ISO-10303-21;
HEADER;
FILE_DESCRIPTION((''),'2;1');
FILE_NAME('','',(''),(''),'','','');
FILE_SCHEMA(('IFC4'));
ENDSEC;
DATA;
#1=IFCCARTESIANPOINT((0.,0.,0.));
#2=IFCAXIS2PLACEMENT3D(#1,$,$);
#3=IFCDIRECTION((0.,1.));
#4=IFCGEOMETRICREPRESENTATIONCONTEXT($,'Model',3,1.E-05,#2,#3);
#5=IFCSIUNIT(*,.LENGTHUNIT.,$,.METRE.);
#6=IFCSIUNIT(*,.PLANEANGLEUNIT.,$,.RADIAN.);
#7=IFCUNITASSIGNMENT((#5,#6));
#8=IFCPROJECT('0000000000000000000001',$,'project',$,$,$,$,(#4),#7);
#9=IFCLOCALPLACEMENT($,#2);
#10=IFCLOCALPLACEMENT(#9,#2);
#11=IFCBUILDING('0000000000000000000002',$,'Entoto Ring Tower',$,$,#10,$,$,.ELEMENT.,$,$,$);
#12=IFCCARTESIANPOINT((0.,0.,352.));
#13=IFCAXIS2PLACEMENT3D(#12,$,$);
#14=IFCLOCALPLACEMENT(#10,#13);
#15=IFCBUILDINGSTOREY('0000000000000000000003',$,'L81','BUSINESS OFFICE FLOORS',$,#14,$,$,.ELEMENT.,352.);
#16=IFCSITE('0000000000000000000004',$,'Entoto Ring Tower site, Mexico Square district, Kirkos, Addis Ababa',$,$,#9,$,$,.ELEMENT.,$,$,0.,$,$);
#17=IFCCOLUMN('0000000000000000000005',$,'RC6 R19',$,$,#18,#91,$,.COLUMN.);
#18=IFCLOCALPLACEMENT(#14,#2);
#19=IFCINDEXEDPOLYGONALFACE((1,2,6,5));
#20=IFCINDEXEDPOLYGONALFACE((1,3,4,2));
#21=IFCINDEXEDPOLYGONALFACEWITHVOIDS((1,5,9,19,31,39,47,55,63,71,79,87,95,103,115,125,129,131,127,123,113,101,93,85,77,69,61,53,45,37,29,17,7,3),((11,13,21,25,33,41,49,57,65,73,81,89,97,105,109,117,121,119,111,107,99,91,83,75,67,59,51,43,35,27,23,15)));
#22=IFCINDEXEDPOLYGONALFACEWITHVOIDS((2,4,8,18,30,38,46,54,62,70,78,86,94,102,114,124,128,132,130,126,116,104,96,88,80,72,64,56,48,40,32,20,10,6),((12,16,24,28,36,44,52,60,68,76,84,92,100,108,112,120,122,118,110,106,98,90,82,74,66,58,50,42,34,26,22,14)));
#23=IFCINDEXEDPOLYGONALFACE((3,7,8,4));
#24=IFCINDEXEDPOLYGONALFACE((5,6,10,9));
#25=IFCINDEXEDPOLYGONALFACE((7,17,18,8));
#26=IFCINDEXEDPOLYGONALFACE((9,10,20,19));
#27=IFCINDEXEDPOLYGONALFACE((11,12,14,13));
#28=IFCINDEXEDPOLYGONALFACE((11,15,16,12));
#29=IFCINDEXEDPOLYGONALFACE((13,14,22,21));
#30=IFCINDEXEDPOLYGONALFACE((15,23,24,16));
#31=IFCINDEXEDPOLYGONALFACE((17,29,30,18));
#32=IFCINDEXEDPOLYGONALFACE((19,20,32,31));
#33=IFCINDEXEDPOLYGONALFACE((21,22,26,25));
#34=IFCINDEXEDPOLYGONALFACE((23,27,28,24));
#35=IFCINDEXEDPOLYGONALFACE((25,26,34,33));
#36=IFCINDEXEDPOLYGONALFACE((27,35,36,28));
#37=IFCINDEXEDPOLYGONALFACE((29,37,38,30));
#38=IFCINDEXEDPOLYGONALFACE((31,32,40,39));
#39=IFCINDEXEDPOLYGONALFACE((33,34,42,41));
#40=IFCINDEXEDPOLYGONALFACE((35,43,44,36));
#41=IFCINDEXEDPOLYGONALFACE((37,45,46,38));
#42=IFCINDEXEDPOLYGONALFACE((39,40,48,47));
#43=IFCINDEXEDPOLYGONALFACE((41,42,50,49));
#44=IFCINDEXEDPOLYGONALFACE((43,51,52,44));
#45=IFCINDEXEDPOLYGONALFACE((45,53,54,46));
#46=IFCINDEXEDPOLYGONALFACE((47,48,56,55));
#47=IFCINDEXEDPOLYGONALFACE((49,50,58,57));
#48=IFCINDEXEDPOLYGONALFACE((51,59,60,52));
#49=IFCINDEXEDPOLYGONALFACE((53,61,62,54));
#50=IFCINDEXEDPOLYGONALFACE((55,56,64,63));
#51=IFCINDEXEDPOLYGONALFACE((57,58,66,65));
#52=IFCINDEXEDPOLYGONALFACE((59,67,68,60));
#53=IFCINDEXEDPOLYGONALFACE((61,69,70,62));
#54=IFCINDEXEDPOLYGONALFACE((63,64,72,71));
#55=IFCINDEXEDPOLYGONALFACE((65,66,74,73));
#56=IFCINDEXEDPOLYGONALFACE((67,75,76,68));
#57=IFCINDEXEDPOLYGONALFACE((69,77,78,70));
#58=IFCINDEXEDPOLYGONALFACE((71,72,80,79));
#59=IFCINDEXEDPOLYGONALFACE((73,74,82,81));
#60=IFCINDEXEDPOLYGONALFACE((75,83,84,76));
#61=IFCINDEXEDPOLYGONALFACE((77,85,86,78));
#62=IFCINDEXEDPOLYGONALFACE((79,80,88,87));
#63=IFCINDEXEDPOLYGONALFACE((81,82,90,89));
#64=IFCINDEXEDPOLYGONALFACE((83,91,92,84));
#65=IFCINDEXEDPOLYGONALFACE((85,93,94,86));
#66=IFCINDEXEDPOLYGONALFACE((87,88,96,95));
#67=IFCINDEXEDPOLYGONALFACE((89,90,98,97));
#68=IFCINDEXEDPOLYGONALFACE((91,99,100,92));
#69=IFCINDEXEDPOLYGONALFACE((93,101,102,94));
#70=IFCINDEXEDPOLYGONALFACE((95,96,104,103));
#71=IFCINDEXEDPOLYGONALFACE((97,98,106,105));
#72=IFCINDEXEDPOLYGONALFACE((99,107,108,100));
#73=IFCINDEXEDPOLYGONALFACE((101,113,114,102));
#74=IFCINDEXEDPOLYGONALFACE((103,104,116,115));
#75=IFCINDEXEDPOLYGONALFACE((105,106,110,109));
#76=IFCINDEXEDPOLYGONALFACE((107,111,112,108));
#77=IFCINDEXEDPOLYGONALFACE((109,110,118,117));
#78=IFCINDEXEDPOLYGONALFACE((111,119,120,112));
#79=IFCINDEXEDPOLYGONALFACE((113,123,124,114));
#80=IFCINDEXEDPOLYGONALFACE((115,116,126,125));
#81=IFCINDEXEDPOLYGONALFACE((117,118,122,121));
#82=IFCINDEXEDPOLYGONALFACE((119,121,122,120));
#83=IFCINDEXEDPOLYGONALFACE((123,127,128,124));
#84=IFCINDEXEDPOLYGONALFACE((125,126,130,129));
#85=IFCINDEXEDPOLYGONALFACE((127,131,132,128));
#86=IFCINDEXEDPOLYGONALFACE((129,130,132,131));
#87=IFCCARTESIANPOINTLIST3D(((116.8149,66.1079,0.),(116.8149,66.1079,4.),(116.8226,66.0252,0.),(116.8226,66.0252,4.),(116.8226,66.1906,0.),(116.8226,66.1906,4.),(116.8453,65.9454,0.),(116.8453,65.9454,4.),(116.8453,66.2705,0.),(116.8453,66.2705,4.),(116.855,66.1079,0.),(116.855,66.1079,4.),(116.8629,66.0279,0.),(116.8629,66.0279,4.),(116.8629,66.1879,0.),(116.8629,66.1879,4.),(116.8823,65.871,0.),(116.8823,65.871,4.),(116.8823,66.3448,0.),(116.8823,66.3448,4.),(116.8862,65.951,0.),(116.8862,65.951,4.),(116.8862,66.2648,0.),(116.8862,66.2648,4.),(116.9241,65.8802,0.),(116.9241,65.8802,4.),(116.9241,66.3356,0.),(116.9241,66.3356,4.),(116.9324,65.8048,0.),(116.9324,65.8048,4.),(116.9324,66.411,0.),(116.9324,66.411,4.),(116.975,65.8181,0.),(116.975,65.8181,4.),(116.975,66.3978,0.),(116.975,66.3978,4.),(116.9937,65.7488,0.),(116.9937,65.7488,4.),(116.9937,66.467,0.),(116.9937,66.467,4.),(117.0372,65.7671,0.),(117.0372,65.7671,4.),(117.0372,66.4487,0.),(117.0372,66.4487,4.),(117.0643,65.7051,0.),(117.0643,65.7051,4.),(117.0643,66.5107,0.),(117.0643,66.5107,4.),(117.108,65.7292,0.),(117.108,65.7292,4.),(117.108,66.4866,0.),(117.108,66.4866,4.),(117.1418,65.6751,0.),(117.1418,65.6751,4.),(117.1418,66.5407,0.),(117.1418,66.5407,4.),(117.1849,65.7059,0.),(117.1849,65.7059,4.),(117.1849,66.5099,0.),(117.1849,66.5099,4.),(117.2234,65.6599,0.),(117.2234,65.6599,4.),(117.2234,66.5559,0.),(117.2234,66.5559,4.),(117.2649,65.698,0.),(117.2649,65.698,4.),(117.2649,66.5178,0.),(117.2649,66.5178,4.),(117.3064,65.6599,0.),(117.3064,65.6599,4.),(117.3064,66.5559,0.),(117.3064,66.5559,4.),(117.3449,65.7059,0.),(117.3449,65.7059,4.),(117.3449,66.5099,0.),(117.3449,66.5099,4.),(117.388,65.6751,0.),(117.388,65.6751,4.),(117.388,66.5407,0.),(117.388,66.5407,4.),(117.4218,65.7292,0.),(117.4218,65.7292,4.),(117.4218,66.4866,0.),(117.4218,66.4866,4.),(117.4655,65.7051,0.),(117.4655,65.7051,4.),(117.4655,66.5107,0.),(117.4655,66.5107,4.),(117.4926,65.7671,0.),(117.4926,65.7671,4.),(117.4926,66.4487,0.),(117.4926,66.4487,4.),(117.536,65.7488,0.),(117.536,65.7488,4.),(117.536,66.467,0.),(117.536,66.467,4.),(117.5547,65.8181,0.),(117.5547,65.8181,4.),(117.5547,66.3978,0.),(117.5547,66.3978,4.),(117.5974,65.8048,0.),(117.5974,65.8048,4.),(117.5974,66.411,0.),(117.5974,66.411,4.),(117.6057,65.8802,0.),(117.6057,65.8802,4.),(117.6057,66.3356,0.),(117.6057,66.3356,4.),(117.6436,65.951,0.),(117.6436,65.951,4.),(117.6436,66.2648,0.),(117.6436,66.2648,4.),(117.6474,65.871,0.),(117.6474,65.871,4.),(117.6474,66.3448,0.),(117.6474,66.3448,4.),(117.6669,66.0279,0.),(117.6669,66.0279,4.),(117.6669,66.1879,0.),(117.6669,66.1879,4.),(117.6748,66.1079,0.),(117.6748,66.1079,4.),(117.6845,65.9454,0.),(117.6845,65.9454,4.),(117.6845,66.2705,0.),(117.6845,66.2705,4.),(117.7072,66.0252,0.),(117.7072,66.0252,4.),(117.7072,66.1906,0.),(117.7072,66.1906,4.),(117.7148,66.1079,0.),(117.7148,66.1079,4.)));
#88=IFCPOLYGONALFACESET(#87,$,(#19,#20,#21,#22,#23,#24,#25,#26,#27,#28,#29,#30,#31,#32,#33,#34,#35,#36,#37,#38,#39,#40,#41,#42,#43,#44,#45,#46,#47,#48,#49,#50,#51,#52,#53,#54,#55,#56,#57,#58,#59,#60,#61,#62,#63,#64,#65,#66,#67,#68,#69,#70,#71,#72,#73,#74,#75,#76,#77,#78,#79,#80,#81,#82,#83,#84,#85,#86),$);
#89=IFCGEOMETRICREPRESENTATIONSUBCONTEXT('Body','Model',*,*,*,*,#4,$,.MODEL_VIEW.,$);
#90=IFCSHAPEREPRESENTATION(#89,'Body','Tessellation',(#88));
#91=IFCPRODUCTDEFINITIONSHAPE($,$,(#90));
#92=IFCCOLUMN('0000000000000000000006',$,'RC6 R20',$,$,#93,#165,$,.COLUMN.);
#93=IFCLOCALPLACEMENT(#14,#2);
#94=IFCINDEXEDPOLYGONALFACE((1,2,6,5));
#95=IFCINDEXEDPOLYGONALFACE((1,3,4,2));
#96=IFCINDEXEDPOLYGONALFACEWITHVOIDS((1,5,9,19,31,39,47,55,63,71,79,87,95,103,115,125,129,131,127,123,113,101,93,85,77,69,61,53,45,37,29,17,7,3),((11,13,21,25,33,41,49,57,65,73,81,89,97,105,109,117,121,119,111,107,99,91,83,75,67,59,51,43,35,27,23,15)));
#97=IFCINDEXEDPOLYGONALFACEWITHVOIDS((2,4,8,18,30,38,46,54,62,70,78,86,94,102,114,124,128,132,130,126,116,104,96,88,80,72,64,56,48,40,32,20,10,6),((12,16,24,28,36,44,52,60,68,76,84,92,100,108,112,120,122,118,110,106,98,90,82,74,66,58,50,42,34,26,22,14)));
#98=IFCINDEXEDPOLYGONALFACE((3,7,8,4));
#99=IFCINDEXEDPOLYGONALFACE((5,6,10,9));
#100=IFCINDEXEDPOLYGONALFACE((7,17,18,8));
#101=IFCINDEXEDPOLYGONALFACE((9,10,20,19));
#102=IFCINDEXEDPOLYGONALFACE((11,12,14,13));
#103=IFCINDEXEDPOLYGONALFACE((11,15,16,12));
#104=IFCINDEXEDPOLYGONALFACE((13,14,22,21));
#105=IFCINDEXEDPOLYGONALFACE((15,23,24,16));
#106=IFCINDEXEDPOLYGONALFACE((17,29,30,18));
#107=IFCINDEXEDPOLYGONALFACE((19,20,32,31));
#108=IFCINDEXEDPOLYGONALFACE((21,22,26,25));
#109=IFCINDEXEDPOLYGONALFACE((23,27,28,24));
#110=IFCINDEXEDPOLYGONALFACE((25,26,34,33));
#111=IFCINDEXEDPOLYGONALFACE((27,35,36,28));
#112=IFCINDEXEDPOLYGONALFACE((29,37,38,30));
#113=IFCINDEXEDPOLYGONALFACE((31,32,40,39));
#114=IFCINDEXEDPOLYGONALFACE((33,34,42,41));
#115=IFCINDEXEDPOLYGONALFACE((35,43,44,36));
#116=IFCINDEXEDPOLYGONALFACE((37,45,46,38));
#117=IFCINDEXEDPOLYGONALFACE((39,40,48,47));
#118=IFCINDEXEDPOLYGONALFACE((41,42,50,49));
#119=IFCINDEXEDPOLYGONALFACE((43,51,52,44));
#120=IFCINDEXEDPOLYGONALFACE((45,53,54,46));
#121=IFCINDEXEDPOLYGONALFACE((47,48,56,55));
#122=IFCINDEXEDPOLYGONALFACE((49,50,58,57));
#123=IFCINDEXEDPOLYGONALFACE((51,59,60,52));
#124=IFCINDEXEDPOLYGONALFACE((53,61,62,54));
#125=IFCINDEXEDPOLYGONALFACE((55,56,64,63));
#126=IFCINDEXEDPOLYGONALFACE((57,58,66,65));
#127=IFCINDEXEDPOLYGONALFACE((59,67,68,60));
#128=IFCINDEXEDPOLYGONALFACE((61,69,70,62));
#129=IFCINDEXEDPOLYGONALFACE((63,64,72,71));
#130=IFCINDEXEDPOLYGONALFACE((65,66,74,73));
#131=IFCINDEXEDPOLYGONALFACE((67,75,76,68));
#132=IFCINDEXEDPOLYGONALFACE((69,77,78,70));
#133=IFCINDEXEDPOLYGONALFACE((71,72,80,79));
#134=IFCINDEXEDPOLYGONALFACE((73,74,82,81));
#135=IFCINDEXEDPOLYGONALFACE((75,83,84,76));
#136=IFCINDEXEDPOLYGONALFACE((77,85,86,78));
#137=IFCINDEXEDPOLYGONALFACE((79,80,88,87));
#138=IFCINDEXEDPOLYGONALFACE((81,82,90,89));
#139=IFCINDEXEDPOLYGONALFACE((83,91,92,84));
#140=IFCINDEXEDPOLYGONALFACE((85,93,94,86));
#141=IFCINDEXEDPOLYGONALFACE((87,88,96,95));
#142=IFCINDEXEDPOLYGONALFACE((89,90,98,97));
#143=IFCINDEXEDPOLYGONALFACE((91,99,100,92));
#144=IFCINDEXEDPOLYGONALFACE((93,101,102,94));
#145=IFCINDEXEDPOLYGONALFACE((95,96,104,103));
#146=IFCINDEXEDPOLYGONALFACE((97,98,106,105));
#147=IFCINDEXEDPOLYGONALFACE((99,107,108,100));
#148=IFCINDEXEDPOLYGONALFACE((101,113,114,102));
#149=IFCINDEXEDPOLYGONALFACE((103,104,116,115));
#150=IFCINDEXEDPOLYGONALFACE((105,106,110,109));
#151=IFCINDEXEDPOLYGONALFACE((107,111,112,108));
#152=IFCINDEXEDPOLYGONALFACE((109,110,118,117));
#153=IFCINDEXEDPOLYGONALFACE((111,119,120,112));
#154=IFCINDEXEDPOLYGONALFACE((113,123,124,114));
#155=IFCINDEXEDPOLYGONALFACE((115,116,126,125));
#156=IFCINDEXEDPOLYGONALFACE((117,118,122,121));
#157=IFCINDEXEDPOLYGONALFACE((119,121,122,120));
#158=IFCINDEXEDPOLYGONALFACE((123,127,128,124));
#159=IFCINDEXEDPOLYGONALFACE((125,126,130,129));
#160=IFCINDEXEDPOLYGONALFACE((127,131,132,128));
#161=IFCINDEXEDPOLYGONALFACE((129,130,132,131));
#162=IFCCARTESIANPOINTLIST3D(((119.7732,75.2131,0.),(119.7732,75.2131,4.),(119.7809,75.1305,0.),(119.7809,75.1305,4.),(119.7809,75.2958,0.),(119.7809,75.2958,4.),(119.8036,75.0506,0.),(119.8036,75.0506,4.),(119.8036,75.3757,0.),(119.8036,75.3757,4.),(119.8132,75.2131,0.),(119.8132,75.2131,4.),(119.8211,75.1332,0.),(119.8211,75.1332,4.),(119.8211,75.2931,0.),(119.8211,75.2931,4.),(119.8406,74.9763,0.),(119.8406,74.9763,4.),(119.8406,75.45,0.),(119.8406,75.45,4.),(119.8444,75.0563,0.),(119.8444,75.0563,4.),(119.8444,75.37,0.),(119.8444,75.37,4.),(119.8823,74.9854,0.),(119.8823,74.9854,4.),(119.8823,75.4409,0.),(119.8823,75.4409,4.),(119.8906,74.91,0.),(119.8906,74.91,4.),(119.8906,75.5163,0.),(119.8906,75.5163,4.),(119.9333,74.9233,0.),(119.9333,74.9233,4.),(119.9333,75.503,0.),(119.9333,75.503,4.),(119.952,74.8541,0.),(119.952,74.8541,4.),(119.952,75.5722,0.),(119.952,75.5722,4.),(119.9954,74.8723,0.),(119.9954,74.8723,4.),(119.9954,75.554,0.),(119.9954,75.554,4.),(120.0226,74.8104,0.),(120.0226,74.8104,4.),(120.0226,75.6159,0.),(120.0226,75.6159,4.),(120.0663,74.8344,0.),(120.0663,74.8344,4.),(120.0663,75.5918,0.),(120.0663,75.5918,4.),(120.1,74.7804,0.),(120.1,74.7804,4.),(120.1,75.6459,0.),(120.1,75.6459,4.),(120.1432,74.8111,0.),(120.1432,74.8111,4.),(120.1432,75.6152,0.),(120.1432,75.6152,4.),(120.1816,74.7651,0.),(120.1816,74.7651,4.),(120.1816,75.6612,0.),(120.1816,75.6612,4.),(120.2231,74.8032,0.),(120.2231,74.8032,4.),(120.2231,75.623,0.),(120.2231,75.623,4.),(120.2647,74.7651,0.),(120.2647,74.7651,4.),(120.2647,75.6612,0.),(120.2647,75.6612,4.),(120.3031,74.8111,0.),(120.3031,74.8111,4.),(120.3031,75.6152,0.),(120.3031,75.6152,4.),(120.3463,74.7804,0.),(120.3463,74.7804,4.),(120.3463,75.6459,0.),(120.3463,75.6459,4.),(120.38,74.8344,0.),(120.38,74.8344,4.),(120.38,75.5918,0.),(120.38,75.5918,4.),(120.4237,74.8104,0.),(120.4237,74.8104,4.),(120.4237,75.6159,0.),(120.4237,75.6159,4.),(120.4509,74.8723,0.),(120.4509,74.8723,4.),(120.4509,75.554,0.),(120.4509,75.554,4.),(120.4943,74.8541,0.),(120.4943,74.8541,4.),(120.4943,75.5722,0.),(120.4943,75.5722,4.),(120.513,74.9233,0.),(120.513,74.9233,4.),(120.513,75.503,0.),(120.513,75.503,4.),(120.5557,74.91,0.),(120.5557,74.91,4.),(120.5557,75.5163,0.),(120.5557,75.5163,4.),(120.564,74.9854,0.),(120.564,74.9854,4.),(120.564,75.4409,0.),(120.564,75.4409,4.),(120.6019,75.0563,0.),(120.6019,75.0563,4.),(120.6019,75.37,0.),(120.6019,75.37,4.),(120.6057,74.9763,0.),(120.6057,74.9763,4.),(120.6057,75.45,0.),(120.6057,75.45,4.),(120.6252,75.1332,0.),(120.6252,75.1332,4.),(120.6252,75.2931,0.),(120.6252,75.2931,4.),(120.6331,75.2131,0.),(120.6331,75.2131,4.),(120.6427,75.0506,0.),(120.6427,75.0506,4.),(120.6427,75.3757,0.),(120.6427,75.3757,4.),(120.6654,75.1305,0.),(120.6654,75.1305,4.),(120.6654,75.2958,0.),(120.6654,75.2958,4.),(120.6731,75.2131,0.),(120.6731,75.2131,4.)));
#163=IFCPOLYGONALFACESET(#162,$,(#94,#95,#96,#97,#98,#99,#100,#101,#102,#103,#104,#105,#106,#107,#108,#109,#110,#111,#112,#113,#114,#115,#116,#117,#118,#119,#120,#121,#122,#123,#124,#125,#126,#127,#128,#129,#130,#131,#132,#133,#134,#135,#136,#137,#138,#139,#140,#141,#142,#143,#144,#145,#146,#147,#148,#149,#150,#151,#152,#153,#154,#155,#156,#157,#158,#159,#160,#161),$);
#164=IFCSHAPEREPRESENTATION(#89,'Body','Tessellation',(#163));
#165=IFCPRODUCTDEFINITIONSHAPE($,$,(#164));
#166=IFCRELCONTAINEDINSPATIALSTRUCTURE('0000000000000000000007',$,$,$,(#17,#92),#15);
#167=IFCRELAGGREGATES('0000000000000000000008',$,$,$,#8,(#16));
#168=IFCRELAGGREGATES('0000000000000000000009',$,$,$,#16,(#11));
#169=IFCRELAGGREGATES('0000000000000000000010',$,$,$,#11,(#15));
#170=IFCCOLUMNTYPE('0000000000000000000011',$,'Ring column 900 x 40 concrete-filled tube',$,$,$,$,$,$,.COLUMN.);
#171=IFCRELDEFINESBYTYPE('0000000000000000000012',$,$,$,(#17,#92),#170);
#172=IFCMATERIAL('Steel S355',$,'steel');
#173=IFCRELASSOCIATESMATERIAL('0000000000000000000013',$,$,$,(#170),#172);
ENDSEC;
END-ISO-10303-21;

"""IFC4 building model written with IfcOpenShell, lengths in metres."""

from ifc_helpers import new_model, si_unit, direction, frame, origin, origin_2d, place, context, subcontext, project, spatial, circle, hollow_circle, extrude, material, material_profile, profile_set, type_object, element, save


model = new_model("IFC4")

# Units and contexts
model_context = context("Model", 3, precision=1e-05, world=origin(), true_north=direction((0.0, 1.0)))
body_context = subcontext(model_context, "Body", "Model", "MODEL_VIEW")
ifc_project = project(units=[si_unit("LENGTHUNIT", "METRE"), si_unit("PLANEANGLEUNIT", "RADIAN")], contexts=[model_context])

# Site, building, storey
site_placement = place(None, origin())
site = spatial("IfcSite", under=ifc_project, at=site_placement, Name="Entoto Ring Tower site, Mexico Square district, Kirkos, Addis Ababa", CompositionType="ELEMENT", RefElevation=0.0)
building_placement = place(site_placement, origin())
building = spatial("IfcBuilding", under=site, at=building_placement, Name="Entoto Ring Tower", CompositionType="ELEMENT")
storey_placement = place(building_placement, frame((0.0, 0.0, 352.0)))
storey = spatial("IfcBuildingStorey", under=building, at=storey_placement, Name="L81", Description="BUSINESS OFFICE FLOORS", CompositionType="ELEMENT", Elevation=352.0)

# Columns
ifc_material_1 = material(Name="Steel S355", Category="steel")
ifc_material_profile_1 = material_profile(ifc_material_1, hollow_circle(Radius=0.45, WallThickness=0.04, at=origin_2d()), Name="CHS 900 x 40")
ifc_material_2 = material(Name="Concrete C60/75", Category="concrete")
ifc_material_profile_2 = material_profile(ifc_material_2, circle(Radius=0.4099, at=origin_2d()), Name="Concrete C60/75 infill")
ifc_profile_set_1 = profile_set([ifc_material_profile_1, ifc_material_profile_2], Name="Steel S355")
column_type = type_object("IfcColumnType", Name="Ring column 900 x 40 concrete-filled tube", PredefinedType="COLUMN", material=ifc_profile_set_1)
for number, where, z_axis, x_axis, name in (
    (1, (117.2649, 66.1079, 0.0), (0.0, 0.0, 1.0), (1.0, 0.0, 0.0), "RC6 R19"),
    (2, (120.2231, 75.2131, 0.0), (0.0, 0.0, 1.0), (1.0, 0.0, 0.0), "RC6 R20"),
):
    element("IfcColumn", number, at=place(storey_placement, frame(where, z_axis=z_axis, x_axis=x_axis)), inside=storey, type_object=column_type, Name=name, PredefinedType="COLUMN", context=body_context, shape_type="SweptSolid", body=[
        extrude(hollow_circle(Radius=0.45, WallThickness=0.04, at=origin_2d()), origin(), (0.0, 0.0, 1.0), 4.0),
    ])

save(model, "model.ifc")
